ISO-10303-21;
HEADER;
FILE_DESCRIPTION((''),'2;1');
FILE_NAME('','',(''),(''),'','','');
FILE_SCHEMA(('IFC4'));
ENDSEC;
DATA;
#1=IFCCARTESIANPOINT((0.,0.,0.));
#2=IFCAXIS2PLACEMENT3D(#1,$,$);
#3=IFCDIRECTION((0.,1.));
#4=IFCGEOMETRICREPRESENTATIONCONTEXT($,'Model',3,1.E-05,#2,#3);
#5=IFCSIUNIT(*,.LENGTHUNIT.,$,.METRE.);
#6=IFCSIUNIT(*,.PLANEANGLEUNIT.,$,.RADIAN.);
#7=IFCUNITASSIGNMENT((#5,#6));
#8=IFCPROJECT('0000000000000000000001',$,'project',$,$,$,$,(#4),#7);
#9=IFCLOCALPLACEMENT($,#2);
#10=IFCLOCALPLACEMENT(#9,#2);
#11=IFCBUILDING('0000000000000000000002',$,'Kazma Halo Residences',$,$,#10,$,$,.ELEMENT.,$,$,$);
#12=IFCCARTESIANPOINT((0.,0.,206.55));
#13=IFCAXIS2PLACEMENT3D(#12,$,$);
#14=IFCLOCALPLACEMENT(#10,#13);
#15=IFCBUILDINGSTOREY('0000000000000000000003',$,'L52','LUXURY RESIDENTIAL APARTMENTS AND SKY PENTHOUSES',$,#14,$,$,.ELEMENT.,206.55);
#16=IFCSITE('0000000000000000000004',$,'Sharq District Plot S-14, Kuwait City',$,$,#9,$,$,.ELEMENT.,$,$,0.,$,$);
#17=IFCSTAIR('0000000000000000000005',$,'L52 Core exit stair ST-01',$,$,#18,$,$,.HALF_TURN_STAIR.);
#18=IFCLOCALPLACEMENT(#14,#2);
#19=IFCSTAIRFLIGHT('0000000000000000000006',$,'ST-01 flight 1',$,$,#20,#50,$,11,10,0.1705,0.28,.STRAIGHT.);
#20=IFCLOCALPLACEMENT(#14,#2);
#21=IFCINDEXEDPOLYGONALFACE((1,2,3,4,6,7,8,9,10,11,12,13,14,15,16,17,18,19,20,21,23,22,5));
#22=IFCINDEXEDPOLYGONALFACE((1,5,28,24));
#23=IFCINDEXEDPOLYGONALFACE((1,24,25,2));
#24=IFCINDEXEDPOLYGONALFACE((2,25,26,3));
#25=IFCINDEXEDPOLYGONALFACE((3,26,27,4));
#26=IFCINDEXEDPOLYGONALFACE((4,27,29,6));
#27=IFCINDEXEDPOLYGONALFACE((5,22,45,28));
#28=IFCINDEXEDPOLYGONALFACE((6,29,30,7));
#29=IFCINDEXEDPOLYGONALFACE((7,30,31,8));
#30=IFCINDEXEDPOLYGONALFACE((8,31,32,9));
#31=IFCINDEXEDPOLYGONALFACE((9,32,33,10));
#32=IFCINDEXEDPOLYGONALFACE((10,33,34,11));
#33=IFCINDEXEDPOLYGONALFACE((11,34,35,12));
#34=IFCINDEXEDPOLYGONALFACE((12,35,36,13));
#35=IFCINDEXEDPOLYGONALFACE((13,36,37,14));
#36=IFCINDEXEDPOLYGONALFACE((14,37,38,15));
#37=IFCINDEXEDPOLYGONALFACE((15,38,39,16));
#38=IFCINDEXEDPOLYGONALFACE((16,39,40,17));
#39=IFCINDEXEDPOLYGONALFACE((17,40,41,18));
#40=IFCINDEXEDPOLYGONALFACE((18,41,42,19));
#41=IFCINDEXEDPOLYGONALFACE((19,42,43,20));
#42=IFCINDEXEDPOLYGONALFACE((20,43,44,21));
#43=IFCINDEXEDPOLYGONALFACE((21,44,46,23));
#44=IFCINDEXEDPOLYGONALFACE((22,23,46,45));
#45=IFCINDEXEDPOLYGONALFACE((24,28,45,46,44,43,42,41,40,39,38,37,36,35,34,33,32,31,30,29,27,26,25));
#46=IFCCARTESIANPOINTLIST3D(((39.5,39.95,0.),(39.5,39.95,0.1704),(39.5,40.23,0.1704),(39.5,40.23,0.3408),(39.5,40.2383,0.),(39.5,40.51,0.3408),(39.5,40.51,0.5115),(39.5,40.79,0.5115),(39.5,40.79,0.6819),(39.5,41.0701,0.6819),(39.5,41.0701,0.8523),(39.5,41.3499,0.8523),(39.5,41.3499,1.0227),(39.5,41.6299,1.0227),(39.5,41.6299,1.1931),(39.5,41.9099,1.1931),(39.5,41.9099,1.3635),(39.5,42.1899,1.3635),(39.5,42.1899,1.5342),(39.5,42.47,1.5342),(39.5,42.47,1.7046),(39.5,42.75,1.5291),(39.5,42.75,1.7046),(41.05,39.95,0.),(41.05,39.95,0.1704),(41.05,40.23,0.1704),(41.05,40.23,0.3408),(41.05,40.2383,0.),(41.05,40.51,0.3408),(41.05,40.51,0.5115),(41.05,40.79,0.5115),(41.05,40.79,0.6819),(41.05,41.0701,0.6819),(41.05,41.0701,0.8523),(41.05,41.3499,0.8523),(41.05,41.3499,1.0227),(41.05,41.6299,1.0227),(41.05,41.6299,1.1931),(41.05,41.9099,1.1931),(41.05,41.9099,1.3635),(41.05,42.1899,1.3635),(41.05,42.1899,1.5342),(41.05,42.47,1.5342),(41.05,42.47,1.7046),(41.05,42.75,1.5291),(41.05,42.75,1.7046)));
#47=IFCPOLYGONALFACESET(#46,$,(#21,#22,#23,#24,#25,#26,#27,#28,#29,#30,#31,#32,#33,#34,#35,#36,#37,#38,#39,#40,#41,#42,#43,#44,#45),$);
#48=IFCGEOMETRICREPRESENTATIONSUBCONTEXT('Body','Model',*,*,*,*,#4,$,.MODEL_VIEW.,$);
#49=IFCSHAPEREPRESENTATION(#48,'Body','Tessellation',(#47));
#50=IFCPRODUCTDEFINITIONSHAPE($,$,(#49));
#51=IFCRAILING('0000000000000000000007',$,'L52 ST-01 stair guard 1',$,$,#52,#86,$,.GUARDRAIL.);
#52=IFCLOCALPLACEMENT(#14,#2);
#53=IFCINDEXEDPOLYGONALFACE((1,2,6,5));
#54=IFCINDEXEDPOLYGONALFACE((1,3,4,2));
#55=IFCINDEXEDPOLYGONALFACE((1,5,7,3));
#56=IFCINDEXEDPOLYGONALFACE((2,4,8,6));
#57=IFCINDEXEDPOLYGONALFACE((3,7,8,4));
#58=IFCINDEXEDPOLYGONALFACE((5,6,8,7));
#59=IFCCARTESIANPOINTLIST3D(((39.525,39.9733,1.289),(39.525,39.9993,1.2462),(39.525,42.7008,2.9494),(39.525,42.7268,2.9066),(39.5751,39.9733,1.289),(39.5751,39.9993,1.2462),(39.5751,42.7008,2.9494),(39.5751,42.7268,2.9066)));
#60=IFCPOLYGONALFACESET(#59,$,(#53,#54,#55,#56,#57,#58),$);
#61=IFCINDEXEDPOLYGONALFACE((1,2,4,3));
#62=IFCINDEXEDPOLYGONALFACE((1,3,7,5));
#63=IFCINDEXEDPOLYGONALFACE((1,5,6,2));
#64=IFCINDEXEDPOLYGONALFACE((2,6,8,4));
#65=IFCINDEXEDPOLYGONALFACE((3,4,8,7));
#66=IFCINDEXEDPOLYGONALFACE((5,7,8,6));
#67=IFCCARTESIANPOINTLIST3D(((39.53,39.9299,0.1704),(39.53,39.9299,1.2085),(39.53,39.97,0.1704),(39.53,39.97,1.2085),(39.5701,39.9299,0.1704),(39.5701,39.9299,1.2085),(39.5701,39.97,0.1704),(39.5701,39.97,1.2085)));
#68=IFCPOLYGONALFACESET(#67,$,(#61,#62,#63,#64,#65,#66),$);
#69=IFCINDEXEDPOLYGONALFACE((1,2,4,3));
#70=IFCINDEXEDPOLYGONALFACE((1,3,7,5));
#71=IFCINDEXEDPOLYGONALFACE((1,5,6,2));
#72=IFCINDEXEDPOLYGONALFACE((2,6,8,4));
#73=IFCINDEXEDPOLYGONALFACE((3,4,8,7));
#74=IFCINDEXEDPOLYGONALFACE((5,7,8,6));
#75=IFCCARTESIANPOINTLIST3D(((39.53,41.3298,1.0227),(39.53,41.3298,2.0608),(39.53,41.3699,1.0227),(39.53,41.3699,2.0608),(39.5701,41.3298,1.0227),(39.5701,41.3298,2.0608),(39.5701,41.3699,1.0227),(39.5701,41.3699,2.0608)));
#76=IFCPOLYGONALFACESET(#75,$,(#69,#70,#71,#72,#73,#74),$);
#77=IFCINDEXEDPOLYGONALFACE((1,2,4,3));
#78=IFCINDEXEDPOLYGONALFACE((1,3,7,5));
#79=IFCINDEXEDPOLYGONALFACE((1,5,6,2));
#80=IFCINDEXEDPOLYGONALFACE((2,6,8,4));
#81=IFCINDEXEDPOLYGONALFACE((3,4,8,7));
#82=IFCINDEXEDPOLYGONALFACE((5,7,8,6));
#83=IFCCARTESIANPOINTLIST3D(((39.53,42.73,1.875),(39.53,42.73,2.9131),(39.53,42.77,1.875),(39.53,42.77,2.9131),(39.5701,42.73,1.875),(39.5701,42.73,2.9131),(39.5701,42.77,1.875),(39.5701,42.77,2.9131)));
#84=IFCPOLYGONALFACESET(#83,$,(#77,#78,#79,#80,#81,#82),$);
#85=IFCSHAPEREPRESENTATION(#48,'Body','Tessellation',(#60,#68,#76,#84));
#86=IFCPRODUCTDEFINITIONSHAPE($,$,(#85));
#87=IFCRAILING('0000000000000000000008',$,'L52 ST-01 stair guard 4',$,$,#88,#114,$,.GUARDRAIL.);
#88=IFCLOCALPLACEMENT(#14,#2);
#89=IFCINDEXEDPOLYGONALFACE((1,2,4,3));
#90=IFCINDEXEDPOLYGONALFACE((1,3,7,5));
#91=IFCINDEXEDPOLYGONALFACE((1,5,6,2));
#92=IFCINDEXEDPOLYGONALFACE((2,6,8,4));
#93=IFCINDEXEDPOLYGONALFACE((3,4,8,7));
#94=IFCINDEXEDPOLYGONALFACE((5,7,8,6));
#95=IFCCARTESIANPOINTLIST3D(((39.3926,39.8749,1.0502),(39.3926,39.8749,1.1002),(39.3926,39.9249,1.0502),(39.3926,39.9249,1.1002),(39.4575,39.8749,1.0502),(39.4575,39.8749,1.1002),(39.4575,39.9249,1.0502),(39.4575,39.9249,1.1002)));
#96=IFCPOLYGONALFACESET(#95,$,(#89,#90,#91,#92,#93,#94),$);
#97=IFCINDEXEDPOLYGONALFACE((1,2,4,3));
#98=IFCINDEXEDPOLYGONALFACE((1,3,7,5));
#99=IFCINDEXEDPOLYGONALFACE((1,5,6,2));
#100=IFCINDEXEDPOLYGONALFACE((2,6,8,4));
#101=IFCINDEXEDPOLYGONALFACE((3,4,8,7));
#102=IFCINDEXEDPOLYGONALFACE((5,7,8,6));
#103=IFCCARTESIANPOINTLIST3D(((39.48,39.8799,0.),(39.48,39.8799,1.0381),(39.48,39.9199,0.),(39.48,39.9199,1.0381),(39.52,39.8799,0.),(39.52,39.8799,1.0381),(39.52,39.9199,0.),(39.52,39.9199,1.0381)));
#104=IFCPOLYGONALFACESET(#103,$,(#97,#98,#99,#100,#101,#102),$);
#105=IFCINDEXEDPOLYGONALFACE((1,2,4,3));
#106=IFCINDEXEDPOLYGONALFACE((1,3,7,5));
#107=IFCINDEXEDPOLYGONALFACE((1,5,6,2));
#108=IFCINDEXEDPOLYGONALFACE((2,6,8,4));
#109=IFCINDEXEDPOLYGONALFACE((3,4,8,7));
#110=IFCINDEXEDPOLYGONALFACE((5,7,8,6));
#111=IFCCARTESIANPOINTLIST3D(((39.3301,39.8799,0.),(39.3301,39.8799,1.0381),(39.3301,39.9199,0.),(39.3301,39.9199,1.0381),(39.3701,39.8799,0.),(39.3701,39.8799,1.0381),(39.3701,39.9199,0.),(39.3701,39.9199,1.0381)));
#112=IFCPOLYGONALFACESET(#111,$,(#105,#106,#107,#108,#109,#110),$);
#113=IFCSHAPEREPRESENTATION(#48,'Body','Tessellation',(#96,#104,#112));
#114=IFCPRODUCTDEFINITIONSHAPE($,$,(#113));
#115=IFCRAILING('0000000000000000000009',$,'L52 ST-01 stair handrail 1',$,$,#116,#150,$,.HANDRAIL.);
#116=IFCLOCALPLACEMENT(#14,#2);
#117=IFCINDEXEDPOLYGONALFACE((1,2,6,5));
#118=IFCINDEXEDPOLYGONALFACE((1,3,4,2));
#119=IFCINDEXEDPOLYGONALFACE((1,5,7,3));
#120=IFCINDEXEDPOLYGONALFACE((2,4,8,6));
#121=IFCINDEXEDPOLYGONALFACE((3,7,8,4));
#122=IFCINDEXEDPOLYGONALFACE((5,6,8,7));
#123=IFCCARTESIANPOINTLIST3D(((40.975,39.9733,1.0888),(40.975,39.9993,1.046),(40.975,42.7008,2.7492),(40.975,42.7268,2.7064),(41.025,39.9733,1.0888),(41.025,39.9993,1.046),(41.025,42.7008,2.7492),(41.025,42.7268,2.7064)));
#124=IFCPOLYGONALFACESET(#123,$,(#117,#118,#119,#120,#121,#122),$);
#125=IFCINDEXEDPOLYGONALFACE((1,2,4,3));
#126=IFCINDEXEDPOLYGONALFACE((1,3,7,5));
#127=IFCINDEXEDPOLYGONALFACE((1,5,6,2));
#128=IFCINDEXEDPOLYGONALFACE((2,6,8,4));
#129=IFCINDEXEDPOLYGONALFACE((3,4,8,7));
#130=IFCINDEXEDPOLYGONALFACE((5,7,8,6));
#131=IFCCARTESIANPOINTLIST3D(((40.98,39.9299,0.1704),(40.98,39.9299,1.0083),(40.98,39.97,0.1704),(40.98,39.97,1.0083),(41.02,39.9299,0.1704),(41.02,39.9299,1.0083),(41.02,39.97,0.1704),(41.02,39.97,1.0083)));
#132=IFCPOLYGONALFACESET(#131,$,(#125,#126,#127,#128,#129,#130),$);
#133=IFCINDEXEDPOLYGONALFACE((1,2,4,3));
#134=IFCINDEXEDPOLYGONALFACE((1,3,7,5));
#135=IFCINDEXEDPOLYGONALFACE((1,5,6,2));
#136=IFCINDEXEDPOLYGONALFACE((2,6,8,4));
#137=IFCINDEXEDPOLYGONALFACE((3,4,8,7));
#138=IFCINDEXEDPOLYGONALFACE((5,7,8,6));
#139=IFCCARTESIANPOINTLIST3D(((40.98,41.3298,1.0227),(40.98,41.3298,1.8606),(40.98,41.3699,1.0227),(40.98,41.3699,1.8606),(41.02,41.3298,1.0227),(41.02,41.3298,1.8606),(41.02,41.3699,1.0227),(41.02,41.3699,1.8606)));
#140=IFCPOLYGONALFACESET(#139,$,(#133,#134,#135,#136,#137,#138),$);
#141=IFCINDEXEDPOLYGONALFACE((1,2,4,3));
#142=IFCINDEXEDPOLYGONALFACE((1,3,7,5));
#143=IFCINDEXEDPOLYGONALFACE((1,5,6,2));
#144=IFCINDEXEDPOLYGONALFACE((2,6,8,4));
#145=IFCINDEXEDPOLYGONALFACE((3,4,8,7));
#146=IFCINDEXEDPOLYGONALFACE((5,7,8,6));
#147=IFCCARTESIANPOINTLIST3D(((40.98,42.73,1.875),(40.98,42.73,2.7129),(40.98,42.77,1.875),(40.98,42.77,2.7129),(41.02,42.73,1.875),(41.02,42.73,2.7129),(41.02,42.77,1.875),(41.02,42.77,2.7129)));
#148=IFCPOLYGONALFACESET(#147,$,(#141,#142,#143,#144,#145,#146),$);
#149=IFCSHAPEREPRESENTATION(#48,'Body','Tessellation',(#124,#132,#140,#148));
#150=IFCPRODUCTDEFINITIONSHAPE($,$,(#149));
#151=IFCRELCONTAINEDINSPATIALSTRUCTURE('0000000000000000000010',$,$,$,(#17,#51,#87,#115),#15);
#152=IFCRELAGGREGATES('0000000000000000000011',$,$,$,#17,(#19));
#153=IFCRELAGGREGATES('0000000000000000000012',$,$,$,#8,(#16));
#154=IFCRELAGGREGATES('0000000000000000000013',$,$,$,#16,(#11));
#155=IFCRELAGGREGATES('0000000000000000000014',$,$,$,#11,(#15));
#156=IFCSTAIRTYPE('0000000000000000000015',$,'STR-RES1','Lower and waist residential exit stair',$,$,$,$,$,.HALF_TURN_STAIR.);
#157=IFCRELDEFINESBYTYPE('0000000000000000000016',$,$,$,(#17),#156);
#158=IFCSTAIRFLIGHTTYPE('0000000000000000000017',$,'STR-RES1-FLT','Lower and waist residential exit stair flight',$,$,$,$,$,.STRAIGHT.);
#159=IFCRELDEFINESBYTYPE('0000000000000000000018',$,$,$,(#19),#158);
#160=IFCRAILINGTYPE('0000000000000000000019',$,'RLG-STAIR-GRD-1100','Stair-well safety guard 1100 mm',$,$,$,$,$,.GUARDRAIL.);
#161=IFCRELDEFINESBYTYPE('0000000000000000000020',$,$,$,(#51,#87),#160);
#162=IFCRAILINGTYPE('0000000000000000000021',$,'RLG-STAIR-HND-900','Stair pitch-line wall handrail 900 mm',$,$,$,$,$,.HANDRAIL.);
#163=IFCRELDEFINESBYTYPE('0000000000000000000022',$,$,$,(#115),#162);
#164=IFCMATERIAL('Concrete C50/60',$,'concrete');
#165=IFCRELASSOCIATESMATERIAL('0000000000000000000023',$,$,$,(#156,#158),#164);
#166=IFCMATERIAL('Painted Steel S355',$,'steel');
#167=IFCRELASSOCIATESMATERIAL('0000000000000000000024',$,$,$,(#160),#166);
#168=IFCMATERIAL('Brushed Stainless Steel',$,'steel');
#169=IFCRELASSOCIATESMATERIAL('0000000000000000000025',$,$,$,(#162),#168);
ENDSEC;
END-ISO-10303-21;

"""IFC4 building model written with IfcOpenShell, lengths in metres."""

from ifc_helpers import new_model, si_unit, direction, frame, origin, origin_2d, place, context, subcontext, project, spatial, polyline, rectangle, outline, extrude, material, type_object, element, aggregate, save


model = new_model("IFC4")

# Units and contexts
model_context = context("Model", 3, precision=1e-05, world=origin(), true_north=direction((0.0, 1.0)))
body_context = subcontext(model_context, "Body", "Model", "MODEL_VIEW")
ifc_project = project(units=[si_unit("LENGTHUNIT", "METRE"), si_unit("PLANEANGLEUNIT", "RADIAN")], contexts=[model_context])

# Site, building, storey
site_placement = place(None, origin())
site = spatial("IfcSite", under=ifc_project, at=site_placement, Name="Sharq District Plot S-14, Kuwait City", CompositionType="ELEMENT", RefElevation=0.0)
building_placement = place(site_placement, origin())
building = spatial("IfcBuilding", under=site, at=building_placement, Name="Kazma Halo Residences", CompositionType="ELEMENT")
storey_placement = place(building_placement, frame((0.0, 0.0, 206.55)))
storey = spatial("IfcBuildingStorey", under=building, at=storey_placement, Name="L52", Description="LUXURY RESIDENTIAL APARTMENTS AND SKY PENTHOUSES", CompositionType="ELEMENT", Elevation=206.55)

# Shared definitions
ifc_material_1 = material(Name="Concrete C50/60", Category="concrete")

# Stair, stair flight
stair_type = type_object("IfcStairType", Name="STR-RES1", Description="Lower and waist residential exit stair", PredefinedType="HALF_TURN_STAIR", material=ifc_material_1)
stair_placement = place(storey_placement, origin())
stair = element("IfcStair", 1, at=stair_placement, inside=storey, type_object=stair_type, Name="L52 Core exit stair ST-01", PredefinedType="HALF_TURN_STAIR")
stair_flight_type = type_object("IfcStairFlightType", Name="STR-RES1-FLT", Description="Lower and waist residential exit stair flight", PredefinedType="STRAIGHT", material=ifc_material_1)
stair_flight_placement = place(storey_placement, frame((40.2749, 39.95, 0.0), z_axis=(0.0, 0.0, 1.0), x_axis=(0.0, 1.0, 0.0)))
stair_flight = element("IfcStairFlight", 2, at=stair_flight_placement, type_object=stair_flight_type, Name="ST-01 flight 1", NumberOfRisers=11, NumberOfTreads=10, PredefinedType="STRAIGHT", RiserHeight=0.1705, TreadLength=0.28, context=body_context, shape_type="SweptSolid", body=[
    extrude(outline(polyline([(0.0, 0.0), (0.0, 0.1704), (0.28, 0.1704), (0.28, 0.3408), (0.5601, 0.3408), (0.5601, 0.5115), (0.8401, 0.5115), (0.8401, 0.6819), (1.1201, 0.6819), (1.1201, 0.8523), (1.3999, 0.8523), (1.3999, 1.0227), (1.6799, 1.0227), (1.6799, 1.1931), (1.96, 1.1931), (1.96, 1.3635), (2.24, 1.3635), (2.24, 1.5342), (2.52, 1.5342), (2.52, 1.7046), (2.8, 1.7046), (2.8, 1.875), (2.8, 1.5291), (0.2883, 0.0), (0.0, 0.0)])), frame((0.0, 0.7749, 0.0), z_axis=(0.0, -1.0, 0.0), x_axis=(1.0, 0.0, 0.0)), (0.0, 0.0, 1.0), 1.55),
])
aggregate(stair, [stair_flight])

# Railings
ifc_material_2 = material(Name="Painted Steel S355", Category="steel")
railing_type_1 = type_object("IfcRailingType", Name="RLG-STAIR-GRD-1100", Description="Stair-well safety guard 1100 mm", PredefinedType="GUARDRAIL", material=ifc_material_2)
railing_1_placement = place(storey_placement, frame((39.55, 39.95, 0.1704)))
element("IfcRailing", 3, at=railing_1_placement, inside=storey, type_object=railing_type_1, Name="L52 ST-01 stair guard 1", PredefinedType="GUARDRAIL", context=body_context, shape_type="SweptSolid", body=[
    extrude(rectangle(XDim=0.05, YDim=0.05, at=origin_2d()), frame((0.0, 0.0364, 1.0972), z_axis=(0.0, 0.85417, 0.519994), x_axis=(-1.0, 0.0, 0.0)), (0.0, 0.0, 1.0), 3.1931),
    extrude(rectangle(XDim=0.04, YDim=0.04, at=origin_2d()), origin(), (0.0, 0.0, 1.0), 1.0381),
    extrude(rectangle(XDim=0.04, YDim=0.04, at=origin_2d()), frame((0.0, 1.3999, 0.8523)), (0.0, 0.0, 1.0), 1.0381),
    extrude(rectangle(XDim=0.04, YDim=0.04, at=origin_2d()), frame((0.0, 2.8, 1.7046)), (0.0, 0.0, 1.0), 1.0381),
])
railing_2_placement = place(storey_placement, frame((39.5, 39.8999, 0.0)))
element("IfcRailing", 4, at=railing_2_placement, inside=storey, type_object=railing_type_1, Name="L52 ST-01 stair guard 4", PredefinedType="GUARDRAIL", context=body_context, shape_type="SweptSolid", body=[
    extrude(rectangle(XDim=0.05, YDim=0.05, at=origin_2d()), frame((-0.0425, 0.0, 1.0752), z_axis=(-1.0, 0.0, 0.0), x_axis=(0.0, -1.0, 0.0)), (0.0, 0.0, 1.0), 0.0649),
    extrude(rectangle(XDim=0.04, YDim=0.04, at=origin_2d()), origin(), (0.0, 0.0, 1.0), 1.0381),
    extrude(rectangle(XDim=0.04, YDim=0.04, at=origin_2d()), frame((-0.1499, 0.0, 0.0)), (0.0, 0.0, 1.0), 1.0381),
])
ifc_material_3 = material(Name="Brushed Stainless Steel", Category="steel")
railing_type_2 = type_object("IfcRailingType", Name="RLG-STAIR-HND-900", Description="Stair pitch-line wall handrail 900 mm", PredefinedType="HANDRAIL", material=ifc_material_3)
railing_3_placement = place(storey_placement, frame((41.0, 39.95, 0.1704)))
element("IfcRailing", 5, at=railing_3_placement, inside=storey, type_object=railing_type_2, Name="L52 ST-01 stair handrail 1", PredefinedType="HANDRAIL", context=body_context, shape_type="SweptSolid", body=[
    extrude(rectangle(XDim=0.05, YDim=0.05, at=origin_2d()), frame((0.0, 0.0364, 0.897), z_axis=(0.0, 0.85417, 0.519994), x_axis=(-1.0, 0.0, 0.0)), (0.0, 0.0, 1.0), 3.1931),
    extrude(rectangle(XDim=0.04, YDim=0.04, at=origin_2d()), origin(), (0.0, 0.0, 1.0), 0.8379),
    extrude(rectangle(XDim=0.04, YDim=0.04, at=origin_2d()), frame((0.0, 1.3999, 0.8523)), (0.0, 0.0, 1.0), 0.8379),
    extrude(rectangle(XDim=0.04, YDim=0.04, at=origin_2d()), frame((0.0, 2.8, 1.7046)), (0.0, 0.0, 1.0), 0.8379),
])

save(model, "model.ifc")
